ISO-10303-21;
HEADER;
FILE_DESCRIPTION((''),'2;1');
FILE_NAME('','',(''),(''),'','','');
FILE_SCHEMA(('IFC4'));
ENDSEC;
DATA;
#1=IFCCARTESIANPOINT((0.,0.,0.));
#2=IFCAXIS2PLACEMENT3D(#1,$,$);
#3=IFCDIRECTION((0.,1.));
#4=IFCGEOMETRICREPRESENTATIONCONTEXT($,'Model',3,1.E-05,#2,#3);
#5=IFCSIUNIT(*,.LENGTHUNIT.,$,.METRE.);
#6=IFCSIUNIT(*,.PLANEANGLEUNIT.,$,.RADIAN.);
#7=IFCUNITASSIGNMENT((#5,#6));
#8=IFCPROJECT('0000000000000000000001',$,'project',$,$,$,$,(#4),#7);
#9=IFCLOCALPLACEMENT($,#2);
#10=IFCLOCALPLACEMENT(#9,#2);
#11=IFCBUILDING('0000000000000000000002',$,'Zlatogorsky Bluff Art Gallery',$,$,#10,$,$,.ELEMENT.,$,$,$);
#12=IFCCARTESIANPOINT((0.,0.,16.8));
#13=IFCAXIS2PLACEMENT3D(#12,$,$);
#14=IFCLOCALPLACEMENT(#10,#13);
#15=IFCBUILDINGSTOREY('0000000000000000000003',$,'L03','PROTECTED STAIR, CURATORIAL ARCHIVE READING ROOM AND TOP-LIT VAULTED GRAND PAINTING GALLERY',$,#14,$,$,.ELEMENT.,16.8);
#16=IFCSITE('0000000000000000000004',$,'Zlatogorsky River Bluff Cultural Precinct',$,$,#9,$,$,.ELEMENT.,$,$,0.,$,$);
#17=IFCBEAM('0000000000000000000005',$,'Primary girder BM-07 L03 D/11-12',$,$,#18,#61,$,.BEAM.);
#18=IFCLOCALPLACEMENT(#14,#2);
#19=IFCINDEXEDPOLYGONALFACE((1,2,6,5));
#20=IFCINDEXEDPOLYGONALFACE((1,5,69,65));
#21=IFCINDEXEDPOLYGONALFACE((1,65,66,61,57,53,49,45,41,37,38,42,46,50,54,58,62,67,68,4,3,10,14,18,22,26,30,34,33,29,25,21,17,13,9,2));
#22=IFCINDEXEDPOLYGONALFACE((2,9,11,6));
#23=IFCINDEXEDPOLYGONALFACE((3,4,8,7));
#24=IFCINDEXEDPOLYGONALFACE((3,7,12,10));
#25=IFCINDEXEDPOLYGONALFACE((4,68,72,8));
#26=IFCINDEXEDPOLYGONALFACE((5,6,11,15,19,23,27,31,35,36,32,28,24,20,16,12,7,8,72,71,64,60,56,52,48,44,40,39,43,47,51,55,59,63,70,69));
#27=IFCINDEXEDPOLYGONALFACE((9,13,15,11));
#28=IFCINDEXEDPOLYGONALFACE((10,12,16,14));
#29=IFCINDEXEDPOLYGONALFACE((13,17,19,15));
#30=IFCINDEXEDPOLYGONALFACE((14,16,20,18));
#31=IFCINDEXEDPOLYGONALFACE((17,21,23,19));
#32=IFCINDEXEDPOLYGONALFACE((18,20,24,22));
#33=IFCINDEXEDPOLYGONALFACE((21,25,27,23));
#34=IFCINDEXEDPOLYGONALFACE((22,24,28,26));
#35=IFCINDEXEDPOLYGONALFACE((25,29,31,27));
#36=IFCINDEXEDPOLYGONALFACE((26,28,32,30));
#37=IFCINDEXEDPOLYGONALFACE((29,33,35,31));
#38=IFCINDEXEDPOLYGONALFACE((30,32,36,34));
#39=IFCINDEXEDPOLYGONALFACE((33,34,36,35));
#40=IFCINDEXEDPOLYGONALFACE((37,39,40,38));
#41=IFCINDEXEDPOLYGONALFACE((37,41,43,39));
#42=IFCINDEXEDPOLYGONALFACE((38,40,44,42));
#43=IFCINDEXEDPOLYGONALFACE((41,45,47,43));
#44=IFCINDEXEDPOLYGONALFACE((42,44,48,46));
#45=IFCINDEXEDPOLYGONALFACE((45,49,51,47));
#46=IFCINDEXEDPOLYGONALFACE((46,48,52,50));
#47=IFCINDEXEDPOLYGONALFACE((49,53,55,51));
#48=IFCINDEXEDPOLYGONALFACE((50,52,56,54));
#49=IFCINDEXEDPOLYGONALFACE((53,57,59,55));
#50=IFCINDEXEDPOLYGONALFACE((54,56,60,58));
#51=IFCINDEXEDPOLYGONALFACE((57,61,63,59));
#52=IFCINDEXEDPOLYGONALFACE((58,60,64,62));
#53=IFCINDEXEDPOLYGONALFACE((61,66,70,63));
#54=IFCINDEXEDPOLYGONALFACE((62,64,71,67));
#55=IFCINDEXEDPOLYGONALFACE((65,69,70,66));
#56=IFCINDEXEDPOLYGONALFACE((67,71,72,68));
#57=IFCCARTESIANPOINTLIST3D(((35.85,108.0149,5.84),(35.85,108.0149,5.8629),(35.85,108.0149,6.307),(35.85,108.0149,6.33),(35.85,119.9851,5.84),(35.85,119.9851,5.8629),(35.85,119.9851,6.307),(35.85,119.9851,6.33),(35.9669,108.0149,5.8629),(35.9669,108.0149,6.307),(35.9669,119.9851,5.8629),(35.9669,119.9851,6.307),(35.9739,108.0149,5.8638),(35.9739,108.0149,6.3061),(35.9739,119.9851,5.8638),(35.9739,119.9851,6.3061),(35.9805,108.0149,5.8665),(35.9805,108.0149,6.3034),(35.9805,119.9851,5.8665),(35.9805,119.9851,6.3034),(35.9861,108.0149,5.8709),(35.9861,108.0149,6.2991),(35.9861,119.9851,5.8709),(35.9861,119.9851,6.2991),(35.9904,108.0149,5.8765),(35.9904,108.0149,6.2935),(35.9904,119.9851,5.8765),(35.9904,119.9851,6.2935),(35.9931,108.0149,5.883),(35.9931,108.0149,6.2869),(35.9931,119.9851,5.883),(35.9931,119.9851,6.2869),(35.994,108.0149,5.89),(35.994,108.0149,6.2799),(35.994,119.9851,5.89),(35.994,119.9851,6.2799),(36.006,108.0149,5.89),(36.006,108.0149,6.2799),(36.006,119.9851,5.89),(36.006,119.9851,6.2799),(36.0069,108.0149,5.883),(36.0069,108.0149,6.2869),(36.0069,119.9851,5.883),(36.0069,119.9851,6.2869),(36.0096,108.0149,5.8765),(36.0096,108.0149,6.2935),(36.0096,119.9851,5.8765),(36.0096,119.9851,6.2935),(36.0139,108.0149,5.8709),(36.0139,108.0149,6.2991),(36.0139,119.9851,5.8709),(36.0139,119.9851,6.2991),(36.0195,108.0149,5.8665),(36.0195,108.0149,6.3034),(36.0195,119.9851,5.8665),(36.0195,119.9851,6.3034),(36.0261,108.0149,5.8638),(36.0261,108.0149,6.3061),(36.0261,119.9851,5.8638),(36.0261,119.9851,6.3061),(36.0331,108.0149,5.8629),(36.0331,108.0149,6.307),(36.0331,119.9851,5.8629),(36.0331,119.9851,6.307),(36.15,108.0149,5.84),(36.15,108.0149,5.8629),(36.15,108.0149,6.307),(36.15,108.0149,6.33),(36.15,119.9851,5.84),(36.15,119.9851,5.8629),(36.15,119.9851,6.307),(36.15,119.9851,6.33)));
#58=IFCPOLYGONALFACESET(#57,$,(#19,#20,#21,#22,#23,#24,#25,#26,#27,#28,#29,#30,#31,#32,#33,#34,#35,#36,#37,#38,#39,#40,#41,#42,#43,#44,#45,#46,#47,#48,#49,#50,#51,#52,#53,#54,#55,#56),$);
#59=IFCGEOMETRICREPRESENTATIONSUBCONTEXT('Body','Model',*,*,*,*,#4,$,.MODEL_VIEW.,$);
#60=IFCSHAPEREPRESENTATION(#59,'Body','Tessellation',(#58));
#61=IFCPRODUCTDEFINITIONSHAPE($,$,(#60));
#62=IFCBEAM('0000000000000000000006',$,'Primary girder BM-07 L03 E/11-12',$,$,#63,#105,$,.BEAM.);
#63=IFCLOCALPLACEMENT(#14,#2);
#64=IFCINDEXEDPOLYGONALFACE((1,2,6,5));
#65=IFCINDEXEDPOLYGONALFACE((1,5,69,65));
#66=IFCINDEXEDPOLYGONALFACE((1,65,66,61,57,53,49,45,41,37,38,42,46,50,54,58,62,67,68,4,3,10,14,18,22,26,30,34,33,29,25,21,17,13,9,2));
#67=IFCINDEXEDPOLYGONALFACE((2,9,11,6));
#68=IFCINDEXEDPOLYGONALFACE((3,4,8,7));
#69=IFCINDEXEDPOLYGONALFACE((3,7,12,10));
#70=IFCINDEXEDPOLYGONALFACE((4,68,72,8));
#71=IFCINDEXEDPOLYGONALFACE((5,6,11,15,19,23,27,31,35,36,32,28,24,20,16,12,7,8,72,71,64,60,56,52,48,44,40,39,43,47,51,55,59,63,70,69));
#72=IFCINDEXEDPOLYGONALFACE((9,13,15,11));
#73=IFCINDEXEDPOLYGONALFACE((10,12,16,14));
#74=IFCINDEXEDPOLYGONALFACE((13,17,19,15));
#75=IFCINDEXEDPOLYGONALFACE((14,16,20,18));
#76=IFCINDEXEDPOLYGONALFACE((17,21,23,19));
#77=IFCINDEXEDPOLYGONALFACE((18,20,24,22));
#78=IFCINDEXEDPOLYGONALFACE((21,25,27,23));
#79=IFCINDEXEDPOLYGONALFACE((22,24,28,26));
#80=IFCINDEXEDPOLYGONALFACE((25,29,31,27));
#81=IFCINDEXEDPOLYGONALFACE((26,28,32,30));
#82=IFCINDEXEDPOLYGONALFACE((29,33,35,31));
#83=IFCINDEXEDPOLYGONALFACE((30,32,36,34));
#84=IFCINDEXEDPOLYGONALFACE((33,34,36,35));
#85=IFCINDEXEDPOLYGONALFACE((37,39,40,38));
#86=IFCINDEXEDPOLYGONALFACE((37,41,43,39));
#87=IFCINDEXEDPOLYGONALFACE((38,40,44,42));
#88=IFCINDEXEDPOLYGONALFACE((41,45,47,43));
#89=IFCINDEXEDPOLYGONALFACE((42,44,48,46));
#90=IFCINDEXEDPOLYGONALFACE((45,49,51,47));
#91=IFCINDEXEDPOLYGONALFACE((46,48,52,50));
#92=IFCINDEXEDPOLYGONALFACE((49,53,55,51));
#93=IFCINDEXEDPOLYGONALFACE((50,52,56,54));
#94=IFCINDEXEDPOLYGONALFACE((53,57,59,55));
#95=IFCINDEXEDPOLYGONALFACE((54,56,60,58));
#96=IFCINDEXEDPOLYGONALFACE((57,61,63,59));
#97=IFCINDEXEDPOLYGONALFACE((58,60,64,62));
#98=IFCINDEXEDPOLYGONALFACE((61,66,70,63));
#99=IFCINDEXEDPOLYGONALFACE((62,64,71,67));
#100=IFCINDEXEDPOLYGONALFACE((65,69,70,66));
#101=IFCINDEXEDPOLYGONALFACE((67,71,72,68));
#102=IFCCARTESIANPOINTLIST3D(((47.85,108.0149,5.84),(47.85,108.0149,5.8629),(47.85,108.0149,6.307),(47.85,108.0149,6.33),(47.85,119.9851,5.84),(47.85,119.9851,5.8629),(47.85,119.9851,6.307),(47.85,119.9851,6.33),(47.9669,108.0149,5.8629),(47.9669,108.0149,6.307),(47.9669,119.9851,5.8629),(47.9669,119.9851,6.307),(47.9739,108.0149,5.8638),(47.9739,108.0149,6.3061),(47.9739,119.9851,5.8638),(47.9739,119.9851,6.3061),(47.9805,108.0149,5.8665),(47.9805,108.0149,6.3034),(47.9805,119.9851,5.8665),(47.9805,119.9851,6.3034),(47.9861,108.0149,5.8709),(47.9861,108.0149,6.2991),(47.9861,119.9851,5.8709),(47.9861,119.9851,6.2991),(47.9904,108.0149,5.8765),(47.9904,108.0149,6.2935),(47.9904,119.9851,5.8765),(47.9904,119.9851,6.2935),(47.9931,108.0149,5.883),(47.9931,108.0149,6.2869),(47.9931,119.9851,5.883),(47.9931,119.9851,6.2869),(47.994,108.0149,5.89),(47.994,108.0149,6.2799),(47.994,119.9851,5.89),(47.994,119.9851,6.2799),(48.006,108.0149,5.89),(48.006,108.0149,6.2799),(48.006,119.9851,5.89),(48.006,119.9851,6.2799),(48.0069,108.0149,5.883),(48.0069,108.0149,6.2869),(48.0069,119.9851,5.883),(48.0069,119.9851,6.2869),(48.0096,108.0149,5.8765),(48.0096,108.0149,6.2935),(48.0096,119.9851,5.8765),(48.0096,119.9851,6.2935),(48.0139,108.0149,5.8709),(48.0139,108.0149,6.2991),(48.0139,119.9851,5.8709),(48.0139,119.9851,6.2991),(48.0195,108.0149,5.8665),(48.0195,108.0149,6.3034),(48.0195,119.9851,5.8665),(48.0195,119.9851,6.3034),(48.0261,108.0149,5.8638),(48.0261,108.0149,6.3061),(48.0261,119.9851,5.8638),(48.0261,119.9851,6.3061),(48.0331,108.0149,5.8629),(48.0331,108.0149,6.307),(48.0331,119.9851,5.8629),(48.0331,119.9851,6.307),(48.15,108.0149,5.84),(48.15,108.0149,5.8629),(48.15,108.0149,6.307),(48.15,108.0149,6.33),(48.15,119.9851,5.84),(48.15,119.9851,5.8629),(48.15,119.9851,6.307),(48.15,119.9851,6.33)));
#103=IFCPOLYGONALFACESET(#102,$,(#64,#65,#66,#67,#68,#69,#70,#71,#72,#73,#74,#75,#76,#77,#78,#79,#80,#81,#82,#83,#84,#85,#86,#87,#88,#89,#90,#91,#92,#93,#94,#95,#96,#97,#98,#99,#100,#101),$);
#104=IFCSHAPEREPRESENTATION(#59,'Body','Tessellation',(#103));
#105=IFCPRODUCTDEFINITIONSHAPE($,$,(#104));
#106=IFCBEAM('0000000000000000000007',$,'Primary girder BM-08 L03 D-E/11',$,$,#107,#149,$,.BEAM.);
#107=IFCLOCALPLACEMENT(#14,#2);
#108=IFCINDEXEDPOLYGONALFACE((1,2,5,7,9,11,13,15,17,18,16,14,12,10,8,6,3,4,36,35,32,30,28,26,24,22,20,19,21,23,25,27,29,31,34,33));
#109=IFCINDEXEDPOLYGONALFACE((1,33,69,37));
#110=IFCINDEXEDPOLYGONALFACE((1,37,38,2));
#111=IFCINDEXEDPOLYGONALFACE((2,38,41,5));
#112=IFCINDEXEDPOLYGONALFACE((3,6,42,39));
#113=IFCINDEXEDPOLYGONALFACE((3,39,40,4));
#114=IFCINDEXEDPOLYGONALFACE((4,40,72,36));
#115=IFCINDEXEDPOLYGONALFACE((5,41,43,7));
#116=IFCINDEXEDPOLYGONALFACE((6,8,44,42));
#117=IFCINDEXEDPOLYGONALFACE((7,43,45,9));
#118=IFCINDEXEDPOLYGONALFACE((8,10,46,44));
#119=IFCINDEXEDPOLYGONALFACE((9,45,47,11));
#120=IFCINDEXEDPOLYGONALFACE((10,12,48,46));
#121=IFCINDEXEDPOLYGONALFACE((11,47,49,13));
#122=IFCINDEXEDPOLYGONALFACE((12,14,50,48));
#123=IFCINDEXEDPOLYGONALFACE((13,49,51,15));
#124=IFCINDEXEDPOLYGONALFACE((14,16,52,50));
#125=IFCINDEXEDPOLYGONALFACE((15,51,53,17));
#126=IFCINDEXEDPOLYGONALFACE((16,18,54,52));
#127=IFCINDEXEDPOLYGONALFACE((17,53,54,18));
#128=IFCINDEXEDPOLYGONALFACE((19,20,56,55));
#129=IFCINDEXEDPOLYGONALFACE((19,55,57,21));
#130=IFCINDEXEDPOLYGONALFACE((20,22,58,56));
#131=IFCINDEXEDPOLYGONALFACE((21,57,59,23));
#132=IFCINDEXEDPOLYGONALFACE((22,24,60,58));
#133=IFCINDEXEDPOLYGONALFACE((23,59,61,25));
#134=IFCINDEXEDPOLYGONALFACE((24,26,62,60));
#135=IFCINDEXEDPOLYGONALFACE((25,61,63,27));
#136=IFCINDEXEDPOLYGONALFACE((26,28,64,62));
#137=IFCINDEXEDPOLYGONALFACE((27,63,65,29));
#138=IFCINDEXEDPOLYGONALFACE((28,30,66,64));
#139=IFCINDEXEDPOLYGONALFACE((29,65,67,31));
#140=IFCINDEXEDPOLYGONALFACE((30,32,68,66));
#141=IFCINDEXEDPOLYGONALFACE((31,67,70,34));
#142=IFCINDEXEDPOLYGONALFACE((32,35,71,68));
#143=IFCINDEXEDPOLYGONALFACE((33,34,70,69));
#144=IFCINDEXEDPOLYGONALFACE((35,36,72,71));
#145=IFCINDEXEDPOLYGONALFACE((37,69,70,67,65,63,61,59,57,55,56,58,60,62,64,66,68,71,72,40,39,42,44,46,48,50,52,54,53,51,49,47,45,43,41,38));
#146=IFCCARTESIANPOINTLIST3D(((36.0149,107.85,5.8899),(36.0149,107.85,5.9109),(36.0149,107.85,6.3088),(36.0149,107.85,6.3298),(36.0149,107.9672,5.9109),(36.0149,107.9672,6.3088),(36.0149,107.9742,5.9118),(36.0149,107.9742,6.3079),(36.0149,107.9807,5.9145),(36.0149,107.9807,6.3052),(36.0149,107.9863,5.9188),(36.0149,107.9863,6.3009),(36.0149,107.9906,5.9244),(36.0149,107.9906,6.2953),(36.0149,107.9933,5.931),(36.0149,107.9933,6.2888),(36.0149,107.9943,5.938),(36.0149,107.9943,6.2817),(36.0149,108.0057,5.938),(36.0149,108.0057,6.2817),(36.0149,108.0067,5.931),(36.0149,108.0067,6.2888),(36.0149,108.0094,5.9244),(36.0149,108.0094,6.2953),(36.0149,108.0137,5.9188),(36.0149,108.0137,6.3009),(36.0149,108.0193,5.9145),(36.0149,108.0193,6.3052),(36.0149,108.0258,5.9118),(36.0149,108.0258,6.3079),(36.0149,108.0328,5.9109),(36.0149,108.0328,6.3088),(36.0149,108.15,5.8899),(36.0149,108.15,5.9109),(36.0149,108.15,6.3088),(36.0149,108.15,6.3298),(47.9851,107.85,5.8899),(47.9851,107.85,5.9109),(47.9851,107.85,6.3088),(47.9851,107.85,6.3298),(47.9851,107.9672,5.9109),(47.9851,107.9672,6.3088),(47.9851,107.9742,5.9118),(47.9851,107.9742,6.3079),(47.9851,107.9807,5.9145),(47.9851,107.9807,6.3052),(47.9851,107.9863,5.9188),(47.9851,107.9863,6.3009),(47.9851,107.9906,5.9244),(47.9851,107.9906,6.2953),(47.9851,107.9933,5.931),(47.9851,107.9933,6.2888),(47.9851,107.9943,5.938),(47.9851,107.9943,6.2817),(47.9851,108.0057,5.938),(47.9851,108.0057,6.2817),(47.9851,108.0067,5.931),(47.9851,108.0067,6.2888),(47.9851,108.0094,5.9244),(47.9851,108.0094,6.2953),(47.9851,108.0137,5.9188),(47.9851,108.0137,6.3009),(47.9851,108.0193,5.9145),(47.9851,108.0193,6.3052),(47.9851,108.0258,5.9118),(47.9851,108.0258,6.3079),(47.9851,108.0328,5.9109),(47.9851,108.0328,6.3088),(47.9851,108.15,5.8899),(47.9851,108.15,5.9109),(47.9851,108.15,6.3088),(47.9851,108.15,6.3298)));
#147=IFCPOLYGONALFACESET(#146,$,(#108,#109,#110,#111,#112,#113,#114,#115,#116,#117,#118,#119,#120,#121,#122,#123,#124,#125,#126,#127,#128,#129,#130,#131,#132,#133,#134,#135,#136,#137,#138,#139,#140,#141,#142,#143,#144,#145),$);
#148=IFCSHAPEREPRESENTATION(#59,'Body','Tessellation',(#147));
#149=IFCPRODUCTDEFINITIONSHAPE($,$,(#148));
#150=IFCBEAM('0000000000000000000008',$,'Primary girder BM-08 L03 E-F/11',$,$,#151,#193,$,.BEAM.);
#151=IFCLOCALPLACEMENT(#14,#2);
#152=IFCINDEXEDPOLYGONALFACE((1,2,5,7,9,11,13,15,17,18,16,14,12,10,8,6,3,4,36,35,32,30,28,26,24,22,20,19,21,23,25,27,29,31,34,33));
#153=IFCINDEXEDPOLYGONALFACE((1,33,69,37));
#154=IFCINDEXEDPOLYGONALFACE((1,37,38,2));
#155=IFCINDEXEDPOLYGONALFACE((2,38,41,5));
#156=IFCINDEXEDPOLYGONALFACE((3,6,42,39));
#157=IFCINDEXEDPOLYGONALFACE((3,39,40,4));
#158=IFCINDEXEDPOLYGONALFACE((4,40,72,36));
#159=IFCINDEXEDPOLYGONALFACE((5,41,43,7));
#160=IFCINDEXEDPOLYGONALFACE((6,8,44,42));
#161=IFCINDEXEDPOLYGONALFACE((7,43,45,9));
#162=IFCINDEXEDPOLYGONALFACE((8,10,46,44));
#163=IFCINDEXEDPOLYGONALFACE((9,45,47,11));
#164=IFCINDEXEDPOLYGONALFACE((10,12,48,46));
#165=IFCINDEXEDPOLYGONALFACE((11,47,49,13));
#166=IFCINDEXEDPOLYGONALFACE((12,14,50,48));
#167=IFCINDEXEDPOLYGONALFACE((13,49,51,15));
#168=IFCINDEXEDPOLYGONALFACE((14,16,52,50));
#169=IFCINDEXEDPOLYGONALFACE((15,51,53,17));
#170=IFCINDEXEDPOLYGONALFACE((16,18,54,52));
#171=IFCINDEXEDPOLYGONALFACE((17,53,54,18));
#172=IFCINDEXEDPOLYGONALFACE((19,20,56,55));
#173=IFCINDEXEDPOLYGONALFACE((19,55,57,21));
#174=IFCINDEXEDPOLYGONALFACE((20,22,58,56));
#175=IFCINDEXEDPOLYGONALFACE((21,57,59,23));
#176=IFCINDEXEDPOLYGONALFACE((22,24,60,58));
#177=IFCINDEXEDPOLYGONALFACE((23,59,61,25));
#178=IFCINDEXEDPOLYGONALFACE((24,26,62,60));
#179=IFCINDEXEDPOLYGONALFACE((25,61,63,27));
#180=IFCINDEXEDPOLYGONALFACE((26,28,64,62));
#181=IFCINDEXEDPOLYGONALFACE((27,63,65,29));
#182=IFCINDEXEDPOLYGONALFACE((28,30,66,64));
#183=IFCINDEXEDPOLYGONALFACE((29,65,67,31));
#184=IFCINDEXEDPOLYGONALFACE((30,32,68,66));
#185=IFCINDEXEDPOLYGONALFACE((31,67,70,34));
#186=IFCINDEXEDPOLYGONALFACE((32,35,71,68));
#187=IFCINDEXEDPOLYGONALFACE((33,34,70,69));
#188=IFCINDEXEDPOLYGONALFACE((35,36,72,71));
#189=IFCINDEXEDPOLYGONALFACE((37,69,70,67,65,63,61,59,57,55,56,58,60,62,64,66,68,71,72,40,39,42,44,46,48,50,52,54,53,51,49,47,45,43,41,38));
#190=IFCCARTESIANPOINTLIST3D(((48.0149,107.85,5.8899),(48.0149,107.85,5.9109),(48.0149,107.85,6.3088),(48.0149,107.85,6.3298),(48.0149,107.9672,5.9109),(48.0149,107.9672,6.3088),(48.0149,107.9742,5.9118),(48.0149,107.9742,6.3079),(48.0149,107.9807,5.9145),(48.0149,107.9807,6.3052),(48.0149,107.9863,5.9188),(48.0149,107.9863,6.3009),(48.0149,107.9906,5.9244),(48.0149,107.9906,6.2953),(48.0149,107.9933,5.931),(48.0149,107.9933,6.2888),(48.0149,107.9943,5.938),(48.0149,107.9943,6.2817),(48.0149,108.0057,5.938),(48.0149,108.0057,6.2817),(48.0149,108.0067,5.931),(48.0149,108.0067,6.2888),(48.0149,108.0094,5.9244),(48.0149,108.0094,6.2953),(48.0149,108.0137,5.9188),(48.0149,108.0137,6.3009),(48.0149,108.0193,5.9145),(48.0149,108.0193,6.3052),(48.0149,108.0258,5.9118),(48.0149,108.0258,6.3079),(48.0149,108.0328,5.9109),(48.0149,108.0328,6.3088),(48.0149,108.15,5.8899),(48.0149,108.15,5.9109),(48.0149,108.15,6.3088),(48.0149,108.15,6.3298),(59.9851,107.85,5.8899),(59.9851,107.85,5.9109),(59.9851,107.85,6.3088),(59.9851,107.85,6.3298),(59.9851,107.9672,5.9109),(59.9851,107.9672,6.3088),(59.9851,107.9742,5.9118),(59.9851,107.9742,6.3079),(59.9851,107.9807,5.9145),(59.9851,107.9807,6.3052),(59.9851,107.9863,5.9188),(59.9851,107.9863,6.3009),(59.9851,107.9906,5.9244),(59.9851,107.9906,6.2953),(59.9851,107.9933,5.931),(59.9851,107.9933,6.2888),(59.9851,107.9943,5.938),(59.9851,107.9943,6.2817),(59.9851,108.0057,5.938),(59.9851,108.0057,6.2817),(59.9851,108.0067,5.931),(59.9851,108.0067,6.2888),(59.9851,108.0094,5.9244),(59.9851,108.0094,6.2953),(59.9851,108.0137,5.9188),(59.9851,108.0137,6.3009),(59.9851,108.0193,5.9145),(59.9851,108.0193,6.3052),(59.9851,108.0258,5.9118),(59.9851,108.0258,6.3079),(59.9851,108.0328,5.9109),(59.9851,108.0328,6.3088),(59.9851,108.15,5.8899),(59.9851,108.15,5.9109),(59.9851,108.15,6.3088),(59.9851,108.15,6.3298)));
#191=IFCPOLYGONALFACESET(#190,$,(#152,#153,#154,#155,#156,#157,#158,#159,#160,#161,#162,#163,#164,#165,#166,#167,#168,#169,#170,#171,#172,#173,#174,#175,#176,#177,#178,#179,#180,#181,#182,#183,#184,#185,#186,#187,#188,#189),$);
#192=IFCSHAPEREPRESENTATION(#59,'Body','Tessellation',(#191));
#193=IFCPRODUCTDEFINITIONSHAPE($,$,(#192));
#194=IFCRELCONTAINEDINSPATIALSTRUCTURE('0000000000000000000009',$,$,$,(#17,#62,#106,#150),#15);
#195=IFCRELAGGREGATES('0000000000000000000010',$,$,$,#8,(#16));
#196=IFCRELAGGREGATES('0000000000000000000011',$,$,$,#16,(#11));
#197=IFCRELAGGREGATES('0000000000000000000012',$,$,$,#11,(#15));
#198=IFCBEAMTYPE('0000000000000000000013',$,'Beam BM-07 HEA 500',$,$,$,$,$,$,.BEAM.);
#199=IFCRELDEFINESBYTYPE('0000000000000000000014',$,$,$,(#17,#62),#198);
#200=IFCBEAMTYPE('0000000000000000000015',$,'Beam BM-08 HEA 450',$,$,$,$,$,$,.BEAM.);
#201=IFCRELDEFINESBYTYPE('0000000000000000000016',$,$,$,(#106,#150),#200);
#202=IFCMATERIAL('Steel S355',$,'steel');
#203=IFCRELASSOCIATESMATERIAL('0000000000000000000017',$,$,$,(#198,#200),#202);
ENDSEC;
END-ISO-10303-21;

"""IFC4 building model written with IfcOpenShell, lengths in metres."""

from ifc_helpers import new_model, si_unit, direction, frame, origin, origin_2d, place, context, subcontext, project, spatial, i_section, extrude, material, material_profile, profile_set, type_object, element, save


model = new_model("IFC4")

# Units and contexts
model_context = context("Model", 3, precision=1e-05, world=origin(), true_north=direction((0.0, 1.0)))
body_context = subcontext(model_context, "Body", "Model", "MODEL_VIEW")
ifc_project = project(units=[si_unit("LENGTHUNIT", "METRE"), si_unit("PLANEANGLEUNIT", "RADIAN")], contexts=[model_context])

# Site, building, storey
site_placement = place(None, origin())
site = spatial("IfcSite", under=ifc_project, at=site_placement, Name="Zlatogorsky River Bluff Cultural Precinct", CompositionType="ELEMENT", RefElevation=0.0)
building_placement = place(site_placement, origin())
building = spatial("IfcBuilding", under=site, at=building_placement, Name="Zlatogorsky Bluff Art Gallery", CompositionType="ELEMENT")
storey_placement = place(building_placement, frame((0.0, 0.0, 16.8)))
storey = spatial("IfcBuildingStorey", under=building, at=storey_placement, Name="L03", Description="PROTECTED STAIR, CURATORIAL ARCHIVE READING ROOM AND TOP-LIT VAULTED GRAND PAINTING GALLERY", CompositionType="ELEMENT", Elevation=16.8)

# Shared definitions
ifc_material_1 = material(Name="Steel S355", Category="steel")

# Beams
ifc_material_profile_1 = material_profile(ifc_material_1, i_section(OverallWidth=0.3, OverallDepth=0.49, WebThickness=0.012, FlangeThickness=0.0229, FilletRadius=0.0271, at=origin_2d()), Name="HEA 500")
ifc_profile_set_1 = profile_set([ifc_material_profile_1], Name="Steel S355")
beam_type_1 = type_object("IfcBeamType", Name="Beam BM-07 HEA 500", PredefinedType="BEAM", material=ifc_profile_set_1)
for number, where, z_axis, x_axis, name in (
    (1, (36.0, 108.0149, 6.085), (0.0, 1.0, 0.0), (-1.0, 0.0, 0.0), "Primary girder BM-07 L03 D/11-12"),
    (2, (48.0, 108.0149, 6.085), (0.0, 1.0, 0.0), (-1.0, 0.0, 0.0), "Primary girder BM-07 L03 E/11-12"),
):
    element("IfcBeam", number, at=place(storey_placement, frame(where, z_axis=z_axis, x_axis=x_axis)), inside=storey, type_object=beam_type_1, Name=name, PredefinedType="BEAM", context=body_context, shape_type="SweptSolid", body=[
        extrude(i_section(OverallWidth=0.3, OverallDepth=0.49, WebThickness=0.012, FlangeThickness=0.0229, FilletRadius=0.0271, at=origin_2d()), origin(), (0.0, 0.0, 1.0), 11.9702),
    ])
ifc_material_profile_2 = material_profile(ifc_material_1, i_section(OverallWidth=0.3, OverallDepth=0.4399, WebThickness=0.0115, FlangeThickness=0.021, FilletRadius=0.0271, at=origin_2d()), Name="HEA 450")
ifc_profile_set_2 = profile_set([ifc_material_profile_2], Name="Steel S355")
beam_type_2 = type_object("IfcBeamType", Name="Beam BM-08 HEA 450", PredefinedType="BEAM", material=ifc_profile_set_2)
for number, where, z_axis, x_axis, name in (
    (3, (36.0149, 108.0, 6.1099), (1.0, 0.0, 0.0), (0.0, 1.0, 0.0), "Primary girder BM-08 L03 D-E/11"),
    (4, (48.0149, 108.0, 6.1099), (1.0, 0.0, 0.0), (0.0, 1.0, 0.0), "Primary girder BM-08 L03 E-F/11"),
):
    element("IfcBeam", number, at=place(storey_placement, frame(where, z_axis=z_axis, x_axis=x_axis)), inside=storey, type_object=beam_type_2, Name=name, PredefinedType="BEAM", context=body_context, shape_type="SweptSolid", body=[
        extrude(i_section(OverallWidth=0.3, OverallDepth=0.4399, WebThickness=0.0115, FlangeThickness=0.021, FilletRadius=0.0271, at=origin_2d()), origin(), (0.0, 0.0, 1.0), 11.9702),
    ])

save(model, "model.ifc")
